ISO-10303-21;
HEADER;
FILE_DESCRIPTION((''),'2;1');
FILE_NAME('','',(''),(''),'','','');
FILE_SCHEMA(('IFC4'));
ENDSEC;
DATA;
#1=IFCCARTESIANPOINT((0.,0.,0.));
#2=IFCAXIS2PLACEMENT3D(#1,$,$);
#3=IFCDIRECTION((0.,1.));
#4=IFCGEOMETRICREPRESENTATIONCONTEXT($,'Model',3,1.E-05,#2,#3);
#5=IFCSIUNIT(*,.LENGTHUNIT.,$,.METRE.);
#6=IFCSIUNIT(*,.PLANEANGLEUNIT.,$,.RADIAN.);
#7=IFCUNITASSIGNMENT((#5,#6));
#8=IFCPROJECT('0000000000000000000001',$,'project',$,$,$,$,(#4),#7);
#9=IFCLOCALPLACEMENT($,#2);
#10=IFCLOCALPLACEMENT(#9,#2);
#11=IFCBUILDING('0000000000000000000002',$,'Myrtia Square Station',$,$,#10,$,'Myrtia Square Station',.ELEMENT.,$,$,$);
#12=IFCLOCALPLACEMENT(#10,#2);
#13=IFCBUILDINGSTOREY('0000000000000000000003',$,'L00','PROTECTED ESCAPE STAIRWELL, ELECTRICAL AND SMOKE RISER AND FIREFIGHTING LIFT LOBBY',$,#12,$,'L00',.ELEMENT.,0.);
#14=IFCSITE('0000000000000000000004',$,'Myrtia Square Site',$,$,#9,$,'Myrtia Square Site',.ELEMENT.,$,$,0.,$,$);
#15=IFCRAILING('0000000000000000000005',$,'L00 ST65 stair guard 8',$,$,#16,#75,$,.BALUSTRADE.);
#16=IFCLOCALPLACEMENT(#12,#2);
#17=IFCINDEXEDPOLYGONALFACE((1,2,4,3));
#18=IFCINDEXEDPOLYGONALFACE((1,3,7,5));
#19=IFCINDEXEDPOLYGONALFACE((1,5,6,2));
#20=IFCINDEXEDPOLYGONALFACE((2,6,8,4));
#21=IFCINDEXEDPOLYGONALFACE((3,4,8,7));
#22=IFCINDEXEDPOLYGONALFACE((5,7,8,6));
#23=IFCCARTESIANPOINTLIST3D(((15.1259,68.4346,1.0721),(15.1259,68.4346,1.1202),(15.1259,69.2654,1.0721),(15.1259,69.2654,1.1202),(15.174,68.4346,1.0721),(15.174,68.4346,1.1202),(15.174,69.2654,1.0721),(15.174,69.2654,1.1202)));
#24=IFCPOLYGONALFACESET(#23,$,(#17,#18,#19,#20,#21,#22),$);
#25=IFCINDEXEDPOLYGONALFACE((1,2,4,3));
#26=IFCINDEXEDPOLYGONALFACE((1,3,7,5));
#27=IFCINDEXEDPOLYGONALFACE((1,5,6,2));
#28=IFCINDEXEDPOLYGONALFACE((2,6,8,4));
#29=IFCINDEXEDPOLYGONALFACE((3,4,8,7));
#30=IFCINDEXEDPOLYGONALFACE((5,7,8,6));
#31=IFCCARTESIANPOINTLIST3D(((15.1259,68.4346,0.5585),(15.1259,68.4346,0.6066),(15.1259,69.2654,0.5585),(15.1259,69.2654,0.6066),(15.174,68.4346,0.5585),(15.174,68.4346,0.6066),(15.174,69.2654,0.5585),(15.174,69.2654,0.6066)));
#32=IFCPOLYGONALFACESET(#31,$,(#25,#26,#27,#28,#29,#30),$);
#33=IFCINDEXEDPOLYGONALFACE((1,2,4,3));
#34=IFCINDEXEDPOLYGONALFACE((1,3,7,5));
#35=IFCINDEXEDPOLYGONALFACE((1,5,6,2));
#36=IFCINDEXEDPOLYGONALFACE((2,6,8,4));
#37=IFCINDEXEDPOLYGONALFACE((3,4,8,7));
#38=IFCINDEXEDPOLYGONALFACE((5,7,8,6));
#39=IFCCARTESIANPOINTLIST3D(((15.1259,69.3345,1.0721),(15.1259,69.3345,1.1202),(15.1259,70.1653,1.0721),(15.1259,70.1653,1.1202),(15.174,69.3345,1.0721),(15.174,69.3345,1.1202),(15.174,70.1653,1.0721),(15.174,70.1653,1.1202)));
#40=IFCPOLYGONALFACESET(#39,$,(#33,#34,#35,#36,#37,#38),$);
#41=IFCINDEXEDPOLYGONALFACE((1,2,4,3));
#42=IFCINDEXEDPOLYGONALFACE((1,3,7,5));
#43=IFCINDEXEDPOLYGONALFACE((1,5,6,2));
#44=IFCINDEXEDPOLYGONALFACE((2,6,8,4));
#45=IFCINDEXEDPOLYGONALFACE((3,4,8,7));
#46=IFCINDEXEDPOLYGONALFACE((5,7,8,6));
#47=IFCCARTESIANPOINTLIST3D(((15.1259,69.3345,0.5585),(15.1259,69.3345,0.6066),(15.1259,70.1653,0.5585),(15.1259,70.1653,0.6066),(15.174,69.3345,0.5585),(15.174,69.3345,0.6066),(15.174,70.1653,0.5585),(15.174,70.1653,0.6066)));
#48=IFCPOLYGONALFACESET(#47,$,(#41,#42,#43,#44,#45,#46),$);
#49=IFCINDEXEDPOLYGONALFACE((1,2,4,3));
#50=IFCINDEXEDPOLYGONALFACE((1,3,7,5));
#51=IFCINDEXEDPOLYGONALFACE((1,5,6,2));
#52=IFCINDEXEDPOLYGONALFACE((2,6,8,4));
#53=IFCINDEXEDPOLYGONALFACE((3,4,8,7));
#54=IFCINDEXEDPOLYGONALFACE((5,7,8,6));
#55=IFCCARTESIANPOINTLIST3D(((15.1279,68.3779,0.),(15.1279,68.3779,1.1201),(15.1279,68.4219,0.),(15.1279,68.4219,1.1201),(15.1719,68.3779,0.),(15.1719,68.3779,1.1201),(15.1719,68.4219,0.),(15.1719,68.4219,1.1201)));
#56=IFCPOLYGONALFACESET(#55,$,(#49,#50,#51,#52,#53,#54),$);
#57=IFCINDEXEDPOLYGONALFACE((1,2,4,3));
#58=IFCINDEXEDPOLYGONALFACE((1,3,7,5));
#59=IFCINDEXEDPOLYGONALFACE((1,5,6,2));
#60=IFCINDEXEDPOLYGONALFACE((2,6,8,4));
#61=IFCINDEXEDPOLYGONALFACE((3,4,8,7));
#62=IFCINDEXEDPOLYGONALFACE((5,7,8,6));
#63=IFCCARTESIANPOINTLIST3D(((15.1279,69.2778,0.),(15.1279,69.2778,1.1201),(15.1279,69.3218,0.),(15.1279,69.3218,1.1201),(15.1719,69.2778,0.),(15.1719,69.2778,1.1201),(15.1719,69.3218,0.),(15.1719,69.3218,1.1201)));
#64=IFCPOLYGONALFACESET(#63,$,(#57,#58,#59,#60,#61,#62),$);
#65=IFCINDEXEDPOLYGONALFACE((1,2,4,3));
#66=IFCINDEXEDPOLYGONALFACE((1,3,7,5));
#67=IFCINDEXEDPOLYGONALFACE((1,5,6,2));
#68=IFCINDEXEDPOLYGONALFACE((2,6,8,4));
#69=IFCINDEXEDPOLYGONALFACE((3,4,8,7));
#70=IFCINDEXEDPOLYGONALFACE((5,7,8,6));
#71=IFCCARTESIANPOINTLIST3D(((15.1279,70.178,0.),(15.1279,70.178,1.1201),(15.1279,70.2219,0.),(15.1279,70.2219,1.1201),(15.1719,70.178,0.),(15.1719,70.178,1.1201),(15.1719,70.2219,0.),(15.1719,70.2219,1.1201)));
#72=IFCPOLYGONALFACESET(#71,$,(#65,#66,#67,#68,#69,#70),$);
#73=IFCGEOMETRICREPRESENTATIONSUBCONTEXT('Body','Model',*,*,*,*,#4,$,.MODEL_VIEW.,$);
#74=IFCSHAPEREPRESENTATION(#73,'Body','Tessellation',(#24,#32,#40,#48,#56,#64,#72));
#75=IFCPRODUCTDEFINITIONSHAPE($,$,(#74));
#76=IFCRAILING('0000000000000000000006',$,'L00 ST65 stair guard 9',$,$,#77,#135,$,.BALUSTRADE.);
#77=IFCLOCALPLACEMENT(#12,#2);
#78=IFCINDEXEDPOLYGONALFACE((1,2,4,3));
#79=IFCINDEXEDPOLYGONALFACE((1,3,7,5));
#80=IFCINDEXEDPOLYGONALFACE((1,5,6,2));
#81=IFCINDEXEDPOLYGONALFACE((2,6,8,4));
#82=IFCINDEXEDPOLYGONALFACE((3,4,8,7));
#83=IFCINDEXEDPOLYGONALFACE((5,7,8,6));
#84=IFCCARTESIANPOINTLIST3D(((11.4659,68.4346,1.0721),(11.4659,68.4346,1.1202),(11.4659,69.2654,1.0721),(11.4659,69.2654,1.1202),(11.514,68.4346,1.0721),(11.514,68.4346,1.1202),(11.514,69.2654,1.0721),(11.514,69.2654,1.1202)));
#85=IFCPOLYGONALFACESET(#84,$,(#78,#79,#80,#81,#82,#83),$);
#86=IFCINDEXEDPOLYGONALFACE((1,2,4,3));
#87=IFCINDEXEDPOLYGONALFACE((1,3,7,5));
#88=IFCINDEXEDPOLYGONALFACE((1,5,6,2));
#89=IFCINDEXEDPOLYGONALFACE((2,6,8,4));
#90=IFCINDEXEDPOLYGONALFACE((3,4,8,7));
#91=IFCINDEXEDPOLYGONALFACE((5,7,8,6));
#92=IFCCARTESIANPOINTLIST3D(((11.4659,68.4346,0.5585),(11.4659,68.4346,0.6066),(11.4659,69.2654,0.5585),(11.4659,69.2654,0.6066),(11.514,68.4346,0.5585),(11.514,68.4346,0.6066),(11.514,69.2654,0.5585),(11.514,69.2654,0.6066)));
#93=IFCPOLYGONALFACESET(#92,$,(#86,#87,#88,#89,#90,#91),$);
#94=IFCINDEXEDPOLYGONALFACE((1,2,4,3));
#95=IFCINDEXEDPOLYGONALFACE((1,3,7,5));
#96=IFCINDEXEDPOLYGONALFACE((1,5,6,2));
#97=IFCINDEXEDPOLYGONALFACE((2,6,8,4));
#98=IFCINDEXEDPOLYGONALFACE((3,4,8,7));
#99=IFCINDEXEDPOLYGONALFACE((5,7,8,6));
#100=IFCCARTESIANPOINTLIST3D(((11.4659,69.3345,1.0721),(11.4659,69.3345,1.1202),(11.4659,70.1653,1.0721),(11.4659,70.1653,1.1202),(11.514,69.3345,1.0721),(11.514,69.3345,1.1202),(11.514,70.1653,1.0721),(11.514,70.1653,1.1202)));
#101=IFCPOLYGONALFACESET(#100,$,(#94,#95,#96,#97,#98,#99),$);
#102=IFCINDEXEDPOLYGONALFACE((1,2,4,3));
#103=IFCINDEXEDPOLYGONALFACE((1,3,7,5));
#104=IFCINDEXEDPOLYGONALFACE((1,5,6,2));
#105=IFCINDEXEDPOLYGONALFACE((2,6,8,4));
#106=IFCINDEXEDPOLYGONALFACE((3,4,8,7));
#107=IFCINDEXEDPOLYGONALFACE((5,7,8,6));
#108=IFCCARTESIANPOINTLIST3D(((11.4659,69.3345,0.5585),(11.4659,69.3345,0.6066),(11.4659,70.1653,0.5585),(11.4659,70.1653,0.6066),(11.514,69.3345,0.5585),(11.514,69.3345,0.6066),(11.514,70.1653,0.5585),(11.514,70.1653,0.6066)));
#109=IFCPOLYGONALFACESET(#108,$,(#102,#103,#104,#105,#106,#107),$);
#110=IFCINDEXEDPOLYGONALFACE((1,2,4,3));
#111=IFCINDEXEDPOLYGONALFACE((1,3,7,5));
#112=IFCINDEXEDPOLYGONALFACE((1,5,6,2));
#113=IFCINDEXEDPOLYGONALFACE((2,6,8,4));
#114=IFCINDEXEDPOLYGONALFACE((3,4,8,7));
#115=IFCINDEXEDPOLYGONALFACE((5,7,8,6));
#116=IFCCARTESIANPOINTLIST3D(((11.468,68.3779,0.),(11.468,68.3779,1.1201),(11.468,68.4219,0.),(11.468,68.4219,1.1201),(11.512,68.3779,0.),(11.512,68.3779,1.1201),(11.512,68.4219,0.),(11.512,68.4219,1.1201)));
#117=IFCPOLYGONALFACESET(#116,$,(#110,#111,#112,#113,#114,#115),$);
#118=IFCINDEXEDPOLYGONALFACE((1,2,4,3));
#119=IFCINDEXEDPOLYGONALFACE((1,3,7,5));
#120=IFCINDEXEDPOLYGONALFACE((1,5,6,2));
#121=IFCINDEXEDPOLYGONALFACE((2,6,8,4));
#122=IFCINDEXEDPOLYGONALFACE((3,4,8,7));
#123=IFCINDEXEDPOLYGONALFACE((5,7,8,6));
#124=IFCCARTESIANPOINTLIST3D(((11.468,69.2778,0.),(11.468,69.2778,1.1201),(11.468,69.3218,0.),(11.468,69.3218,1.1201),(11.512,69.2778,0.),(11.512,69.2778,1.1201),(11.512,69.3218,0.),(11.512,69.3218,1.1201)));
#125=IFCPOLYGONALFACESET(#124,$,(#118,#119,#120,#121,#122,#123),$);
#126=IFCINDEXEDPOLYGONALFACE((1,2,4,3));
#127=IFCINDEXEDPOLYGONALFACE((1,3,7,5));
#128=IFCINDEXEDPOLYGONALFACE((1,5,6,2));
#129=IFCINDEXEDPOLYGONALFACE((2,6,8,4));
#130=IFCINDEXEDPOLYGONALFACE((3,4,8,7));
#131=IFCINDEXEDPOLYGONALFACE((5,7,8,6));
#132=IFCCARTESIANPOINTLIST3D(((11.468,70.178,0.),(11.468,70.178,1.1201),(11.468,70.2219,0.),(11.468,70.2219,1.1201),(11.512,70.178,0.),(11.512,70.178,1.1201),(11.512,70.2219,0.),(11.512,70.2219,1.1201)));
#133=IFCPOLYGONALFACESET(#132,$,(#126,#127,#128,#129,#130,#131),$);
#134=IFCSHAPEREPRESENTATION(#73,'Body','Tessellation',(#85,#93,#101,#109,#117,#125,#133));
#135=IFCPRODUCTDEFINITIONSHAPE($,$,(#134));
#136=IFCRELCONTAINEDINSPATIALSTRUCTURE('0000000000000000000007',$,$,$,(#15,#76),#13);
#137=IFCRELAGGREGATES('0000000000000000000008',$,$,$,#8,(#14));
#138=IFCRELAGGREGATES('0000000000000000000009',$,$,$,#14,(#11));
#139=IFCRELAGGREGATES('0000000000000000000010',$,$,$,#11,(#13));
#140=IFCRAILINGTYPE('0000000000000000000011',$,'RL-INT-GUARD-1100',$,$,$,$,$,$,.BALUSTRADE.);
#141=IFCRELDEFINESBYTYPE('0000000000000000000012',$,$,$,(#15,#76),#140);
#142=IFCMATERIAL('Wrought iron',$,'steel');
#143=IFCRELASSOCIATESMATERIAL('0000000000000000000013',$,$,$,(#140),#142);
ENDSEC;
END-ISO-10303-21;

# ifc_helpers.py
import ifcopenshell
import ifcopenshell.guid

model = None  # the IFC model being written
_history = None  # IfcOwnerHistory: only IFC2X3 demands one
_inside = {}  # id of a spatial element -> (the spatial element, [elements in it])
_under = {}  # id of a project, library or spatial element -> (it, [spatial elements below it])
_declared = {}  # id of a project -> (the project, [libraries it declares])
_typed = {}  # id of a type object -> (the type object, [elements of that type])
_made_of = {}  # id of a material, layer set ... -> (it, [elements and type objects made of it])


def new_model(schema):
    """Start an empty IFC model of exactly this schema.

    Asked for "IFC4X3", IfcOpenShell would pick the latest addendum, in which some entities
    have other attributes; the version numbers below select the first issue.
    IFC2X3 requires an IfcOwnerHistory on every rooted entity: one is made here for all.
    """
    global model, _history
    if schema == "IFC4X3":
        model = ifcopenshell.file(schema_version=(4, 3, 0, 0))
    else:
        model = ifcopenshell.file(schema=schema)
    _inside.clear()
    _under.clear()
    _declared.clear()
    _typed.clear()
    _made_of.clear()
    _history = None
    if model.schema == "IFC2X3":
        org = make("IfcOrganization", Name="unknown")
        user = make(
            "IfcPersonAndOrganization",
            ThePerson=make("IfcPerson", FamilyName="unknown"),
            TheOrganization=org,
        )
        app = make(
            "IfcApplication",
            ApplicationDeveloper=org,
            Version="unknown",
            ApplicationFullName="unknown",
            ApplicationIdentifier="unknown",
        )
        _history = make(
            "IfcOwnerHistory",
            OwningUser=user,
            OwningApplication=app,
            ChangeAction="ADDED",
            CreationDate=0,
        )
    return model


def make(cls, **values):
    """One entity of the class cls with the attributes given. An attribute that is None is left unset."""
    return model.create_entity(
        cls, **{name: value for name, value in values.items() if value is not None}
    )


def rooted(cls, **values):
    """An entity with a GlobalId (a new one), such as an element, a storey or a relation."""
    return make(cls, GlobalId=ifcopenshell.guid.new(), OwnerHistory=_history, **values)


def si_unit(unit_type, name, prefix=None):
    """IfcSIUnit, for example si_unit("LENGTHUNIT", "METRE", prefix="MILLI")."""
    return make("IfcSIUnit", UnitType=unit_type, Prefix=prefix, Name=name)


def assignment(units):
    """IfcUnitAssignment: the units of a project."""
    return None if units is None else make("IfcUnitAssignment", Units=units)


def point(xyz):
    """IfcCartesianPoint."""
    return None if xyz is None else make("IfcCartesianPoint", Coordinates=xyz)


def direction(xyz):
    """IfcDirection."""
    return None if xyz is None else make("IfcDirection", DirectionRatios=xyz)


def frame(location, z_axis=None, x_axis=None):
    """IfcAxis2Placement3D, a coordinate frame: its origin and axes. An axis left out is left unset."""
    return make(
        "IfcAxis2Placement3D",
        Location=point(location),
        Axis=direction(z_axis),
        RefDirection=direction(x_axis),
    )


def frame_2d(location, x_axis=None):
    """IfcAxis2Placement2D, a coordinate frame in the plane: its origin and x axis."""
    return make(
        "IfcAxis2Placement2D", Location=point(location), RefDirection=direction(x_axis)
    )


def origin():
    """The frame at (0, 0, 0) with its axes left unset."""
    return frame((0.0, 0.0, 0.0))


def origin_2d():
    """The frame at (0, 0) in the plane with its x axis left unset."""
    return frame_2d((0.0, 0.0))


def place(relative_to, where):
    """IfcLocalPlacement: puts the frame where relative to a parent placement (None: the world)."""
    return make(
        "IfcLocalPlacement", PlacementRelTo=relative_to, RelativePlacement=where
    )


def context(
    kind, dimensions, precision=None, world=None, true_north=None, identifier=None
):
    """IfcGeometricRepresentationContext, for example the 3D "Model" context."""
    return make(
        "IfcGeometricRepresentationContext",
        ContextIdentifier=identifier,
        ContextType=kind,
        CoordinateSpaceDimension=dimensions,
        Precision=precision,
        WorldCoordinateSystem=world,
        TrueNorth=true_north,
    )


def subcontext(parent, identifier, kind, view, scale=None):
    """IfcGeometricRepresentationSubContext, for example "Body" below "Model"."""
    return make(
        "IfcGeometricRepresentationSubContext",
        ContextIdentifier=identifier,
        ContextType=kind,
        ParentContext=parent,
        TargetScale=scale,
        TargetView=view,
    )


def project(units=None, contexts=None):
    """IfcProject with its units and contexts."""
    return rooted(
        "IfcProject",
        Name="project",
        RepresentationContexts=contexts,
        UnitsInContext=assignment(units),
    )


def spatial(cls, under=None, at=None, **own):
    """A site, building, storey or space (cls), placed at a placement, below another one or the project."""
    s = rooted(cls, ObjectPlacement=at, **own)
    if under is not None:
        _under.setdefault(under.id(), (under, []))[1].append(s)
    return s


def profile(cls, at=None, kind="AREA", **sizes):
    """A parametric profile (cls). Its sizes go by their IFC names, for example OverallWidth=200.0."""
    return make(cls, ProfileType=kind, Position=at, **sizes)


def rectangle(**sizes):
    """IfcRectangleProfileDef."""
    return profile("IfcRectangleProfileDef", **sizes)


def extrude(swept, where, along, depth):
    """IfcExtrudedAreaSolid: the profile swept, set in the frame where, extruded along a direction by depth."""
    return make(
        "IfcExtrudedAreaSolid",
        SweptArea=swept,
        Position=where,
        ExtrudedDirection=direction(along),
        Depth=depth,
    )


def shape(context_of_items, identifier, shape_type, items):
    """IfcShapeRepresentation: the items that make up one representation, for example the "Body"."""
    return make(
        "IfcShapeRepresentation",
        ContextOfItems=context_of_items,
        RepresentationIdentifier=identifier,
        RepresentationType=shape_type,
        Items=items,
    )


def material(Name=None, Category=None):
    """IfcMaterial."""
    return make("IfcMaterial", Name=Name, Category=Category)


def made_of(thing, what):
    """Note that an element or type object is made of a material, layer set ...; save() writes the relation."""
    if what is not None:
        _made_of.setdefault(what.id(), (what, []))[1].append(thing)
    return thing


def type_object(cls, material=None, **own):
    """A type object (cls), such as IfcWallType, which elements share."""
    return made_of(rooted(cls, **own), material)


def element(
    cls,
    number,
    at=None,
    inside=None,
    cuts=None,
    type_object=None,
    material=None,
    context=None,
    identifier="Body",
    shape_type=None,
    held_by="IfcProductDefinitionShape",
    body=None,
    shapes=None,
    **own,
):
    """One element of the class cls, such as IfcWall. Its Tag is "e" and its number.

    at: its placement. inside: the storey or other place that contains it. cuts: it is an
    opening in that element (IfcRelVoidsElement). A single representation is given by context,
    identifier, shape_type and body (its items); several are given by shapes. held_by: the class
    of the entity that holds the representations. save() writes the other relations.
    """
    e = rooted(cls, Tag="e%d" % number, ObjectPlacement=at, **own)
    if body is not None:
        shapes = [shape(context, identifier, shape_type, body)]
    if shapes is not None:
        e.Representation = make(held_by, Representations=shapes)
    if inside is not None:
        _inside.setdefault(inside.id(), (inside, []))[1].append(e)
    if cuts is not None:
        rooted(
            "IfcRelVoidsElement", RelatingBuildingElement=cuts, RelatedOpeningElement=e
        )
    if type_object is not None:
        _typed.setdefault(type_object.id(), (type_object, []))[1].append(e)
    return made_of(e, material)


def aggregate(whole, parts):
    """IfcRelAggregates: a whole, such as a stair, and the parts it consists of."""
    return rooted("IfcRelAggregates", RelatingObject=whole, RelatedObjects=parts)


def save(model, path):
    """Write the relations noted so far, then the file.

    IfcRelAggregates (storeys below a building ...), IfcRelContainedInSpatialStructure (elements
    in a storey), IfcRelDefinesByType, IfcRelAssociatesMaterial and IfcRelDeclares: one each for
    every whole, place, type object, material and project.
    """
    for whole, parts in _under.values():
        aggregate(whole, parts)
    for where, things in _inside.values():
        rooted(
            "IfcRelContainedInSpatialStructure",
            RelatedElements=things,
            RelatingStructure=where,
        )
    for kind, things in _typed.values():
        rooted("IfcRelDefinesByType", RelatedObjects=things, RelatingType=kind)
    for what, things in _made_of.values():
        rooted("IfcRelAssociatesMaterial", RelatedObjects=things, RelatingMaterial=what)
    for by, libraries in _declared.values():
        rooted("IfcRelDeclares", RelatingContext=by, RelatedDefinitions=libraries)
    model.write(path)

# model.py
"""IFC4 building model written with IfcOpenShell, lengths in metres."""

from ifc_helpers import new_model, si_unit, direction, frame, origin, origin_2d, place, context, subcontext, project, spatial, rectangle, extrude, material, type_object, element, save


model = new_model("IFC4")

# Units and contexts
model_context = context("Model", 3, precision=1e-05, world=origin(), true_north=direction((0.0, 1.0)))
body_context = subcontext(model_context, "Body", "Model", "MODEL_VIEW")
ifc_project = project(units=[si_unit("LENGTHUNIT", "METRE"), si_unit("PLANEANGLEUNIT", "RADIAN")], contexts=[model_context])

# Site, building, storey
site_placement = place(None, origin())
site = spatial("IfcSite", under=ifc_project, at=site_placement, Name="Myrtia Square Site", LongName="Myrtia Square Site", CompositionType="ELEMENT", RefElevation=0.0)
building_placement = place(site_placement, origin())
building = spatial("IfcBuilding", under=site, at=building_placement, Name="Myrtia Square Station", LongName="Myrtia Square Station", CompositionType="ELEMENT")
storey_placement = place(building_placement, origin())
storey = spatial("IfcBuildingStorey", under=building, at=storey_placement, Name="L00", Description="PROTECTED ESCAPE STAIRWELL, ELECTRICAL AND SMOKE RISER AND FIREFIGHTING LIFT LOBBY", LongName="L00", CompositionType="ELEMENT", Elevation=0.0)

# Railings
ifc_material_1 = material(Name="Wrought iron", Category="steel")
railing_type_1 = type_object("IfcRailingType", Name="RL-INT-GUARD-1100", PredefinedType="BALUSTRADE", material=ifc_material_1)
for number, where, name in (
    (1, (15.1499, 68.3999, 0.0), "L00 ST65 stair guard 8"),
    (2, (11.49, 68.3999, 0.0), "L00 ST65 stair guard 9"),
):
    element("IfcRailing", number, at=place(storey_placement, frame(where)), inside=storey, type_object=railing_type_1, Name=name, PredefinedType="BALUSTRADE", context=body_context, shape_type="SweptSolid", body=[
        extrude(rectangle(XDim=0.0481, YDim=0.0481, at=origin_2d()), frame((0.0, 0.0347, 1.0962), z_axis=(0.0, 1.0, 0.0), x_axis=(-1.0, 0.0, 0.0)), (0.0, 0.0, 1.0), 0.8308),
        extrude(rectangle(XDim=0.0481, YDim=0.0481, at=origin_2d()), frame((0.0, 0.0347, 0.5825), z_axis=(0.0, 1.0, 0.0), x_axis=(-1.0, 0.0, 0.0)), (0.0, 0.0, 1.0), 0.8308),
        extrude(rectangle(XDim=0.0481, YDim=0.0481, at=origin_2d()), frame((0.0, 0.9346, 1.0962), z_axis=(0.0, 1.0, 0.0), x_axis=(-1.0, 0.0, 0.0)), (0.0, 0.0, 1.0), 0.8308),
        extrude(rectangle(XDim=0.0481, YDim=0.0481, at=origin_2d()), frame((0.0, 0.9346, 0.5825), z_axis=(0.0, 1.0, 0.0), x_axis=(-1.0, 0.0, 0.0)), (0.0, 0.0, 1.0), 0.8308),
        extrude(rectangle(XDim=0.0439, YDim=0.0439, at=origin_2d()), origin(), (0.0, 0.0, 1.0), 1.1201),
        extrude(rectangle(XDim=0.0439, YDim=0.0439, at=origin_2d()), frame((0.0, 0.8999, 0.0)), (0.0, 0.0, 1.0), 1.1201),
        extrude(rectangle(XDim=0.0439, YDim=0.0439, at=origin_2d()), frame((0.0, 1.8, 0.0)), (0.0, 0.0, 1.0), 1.1201),
    ])

save(model, "model.ifc")
